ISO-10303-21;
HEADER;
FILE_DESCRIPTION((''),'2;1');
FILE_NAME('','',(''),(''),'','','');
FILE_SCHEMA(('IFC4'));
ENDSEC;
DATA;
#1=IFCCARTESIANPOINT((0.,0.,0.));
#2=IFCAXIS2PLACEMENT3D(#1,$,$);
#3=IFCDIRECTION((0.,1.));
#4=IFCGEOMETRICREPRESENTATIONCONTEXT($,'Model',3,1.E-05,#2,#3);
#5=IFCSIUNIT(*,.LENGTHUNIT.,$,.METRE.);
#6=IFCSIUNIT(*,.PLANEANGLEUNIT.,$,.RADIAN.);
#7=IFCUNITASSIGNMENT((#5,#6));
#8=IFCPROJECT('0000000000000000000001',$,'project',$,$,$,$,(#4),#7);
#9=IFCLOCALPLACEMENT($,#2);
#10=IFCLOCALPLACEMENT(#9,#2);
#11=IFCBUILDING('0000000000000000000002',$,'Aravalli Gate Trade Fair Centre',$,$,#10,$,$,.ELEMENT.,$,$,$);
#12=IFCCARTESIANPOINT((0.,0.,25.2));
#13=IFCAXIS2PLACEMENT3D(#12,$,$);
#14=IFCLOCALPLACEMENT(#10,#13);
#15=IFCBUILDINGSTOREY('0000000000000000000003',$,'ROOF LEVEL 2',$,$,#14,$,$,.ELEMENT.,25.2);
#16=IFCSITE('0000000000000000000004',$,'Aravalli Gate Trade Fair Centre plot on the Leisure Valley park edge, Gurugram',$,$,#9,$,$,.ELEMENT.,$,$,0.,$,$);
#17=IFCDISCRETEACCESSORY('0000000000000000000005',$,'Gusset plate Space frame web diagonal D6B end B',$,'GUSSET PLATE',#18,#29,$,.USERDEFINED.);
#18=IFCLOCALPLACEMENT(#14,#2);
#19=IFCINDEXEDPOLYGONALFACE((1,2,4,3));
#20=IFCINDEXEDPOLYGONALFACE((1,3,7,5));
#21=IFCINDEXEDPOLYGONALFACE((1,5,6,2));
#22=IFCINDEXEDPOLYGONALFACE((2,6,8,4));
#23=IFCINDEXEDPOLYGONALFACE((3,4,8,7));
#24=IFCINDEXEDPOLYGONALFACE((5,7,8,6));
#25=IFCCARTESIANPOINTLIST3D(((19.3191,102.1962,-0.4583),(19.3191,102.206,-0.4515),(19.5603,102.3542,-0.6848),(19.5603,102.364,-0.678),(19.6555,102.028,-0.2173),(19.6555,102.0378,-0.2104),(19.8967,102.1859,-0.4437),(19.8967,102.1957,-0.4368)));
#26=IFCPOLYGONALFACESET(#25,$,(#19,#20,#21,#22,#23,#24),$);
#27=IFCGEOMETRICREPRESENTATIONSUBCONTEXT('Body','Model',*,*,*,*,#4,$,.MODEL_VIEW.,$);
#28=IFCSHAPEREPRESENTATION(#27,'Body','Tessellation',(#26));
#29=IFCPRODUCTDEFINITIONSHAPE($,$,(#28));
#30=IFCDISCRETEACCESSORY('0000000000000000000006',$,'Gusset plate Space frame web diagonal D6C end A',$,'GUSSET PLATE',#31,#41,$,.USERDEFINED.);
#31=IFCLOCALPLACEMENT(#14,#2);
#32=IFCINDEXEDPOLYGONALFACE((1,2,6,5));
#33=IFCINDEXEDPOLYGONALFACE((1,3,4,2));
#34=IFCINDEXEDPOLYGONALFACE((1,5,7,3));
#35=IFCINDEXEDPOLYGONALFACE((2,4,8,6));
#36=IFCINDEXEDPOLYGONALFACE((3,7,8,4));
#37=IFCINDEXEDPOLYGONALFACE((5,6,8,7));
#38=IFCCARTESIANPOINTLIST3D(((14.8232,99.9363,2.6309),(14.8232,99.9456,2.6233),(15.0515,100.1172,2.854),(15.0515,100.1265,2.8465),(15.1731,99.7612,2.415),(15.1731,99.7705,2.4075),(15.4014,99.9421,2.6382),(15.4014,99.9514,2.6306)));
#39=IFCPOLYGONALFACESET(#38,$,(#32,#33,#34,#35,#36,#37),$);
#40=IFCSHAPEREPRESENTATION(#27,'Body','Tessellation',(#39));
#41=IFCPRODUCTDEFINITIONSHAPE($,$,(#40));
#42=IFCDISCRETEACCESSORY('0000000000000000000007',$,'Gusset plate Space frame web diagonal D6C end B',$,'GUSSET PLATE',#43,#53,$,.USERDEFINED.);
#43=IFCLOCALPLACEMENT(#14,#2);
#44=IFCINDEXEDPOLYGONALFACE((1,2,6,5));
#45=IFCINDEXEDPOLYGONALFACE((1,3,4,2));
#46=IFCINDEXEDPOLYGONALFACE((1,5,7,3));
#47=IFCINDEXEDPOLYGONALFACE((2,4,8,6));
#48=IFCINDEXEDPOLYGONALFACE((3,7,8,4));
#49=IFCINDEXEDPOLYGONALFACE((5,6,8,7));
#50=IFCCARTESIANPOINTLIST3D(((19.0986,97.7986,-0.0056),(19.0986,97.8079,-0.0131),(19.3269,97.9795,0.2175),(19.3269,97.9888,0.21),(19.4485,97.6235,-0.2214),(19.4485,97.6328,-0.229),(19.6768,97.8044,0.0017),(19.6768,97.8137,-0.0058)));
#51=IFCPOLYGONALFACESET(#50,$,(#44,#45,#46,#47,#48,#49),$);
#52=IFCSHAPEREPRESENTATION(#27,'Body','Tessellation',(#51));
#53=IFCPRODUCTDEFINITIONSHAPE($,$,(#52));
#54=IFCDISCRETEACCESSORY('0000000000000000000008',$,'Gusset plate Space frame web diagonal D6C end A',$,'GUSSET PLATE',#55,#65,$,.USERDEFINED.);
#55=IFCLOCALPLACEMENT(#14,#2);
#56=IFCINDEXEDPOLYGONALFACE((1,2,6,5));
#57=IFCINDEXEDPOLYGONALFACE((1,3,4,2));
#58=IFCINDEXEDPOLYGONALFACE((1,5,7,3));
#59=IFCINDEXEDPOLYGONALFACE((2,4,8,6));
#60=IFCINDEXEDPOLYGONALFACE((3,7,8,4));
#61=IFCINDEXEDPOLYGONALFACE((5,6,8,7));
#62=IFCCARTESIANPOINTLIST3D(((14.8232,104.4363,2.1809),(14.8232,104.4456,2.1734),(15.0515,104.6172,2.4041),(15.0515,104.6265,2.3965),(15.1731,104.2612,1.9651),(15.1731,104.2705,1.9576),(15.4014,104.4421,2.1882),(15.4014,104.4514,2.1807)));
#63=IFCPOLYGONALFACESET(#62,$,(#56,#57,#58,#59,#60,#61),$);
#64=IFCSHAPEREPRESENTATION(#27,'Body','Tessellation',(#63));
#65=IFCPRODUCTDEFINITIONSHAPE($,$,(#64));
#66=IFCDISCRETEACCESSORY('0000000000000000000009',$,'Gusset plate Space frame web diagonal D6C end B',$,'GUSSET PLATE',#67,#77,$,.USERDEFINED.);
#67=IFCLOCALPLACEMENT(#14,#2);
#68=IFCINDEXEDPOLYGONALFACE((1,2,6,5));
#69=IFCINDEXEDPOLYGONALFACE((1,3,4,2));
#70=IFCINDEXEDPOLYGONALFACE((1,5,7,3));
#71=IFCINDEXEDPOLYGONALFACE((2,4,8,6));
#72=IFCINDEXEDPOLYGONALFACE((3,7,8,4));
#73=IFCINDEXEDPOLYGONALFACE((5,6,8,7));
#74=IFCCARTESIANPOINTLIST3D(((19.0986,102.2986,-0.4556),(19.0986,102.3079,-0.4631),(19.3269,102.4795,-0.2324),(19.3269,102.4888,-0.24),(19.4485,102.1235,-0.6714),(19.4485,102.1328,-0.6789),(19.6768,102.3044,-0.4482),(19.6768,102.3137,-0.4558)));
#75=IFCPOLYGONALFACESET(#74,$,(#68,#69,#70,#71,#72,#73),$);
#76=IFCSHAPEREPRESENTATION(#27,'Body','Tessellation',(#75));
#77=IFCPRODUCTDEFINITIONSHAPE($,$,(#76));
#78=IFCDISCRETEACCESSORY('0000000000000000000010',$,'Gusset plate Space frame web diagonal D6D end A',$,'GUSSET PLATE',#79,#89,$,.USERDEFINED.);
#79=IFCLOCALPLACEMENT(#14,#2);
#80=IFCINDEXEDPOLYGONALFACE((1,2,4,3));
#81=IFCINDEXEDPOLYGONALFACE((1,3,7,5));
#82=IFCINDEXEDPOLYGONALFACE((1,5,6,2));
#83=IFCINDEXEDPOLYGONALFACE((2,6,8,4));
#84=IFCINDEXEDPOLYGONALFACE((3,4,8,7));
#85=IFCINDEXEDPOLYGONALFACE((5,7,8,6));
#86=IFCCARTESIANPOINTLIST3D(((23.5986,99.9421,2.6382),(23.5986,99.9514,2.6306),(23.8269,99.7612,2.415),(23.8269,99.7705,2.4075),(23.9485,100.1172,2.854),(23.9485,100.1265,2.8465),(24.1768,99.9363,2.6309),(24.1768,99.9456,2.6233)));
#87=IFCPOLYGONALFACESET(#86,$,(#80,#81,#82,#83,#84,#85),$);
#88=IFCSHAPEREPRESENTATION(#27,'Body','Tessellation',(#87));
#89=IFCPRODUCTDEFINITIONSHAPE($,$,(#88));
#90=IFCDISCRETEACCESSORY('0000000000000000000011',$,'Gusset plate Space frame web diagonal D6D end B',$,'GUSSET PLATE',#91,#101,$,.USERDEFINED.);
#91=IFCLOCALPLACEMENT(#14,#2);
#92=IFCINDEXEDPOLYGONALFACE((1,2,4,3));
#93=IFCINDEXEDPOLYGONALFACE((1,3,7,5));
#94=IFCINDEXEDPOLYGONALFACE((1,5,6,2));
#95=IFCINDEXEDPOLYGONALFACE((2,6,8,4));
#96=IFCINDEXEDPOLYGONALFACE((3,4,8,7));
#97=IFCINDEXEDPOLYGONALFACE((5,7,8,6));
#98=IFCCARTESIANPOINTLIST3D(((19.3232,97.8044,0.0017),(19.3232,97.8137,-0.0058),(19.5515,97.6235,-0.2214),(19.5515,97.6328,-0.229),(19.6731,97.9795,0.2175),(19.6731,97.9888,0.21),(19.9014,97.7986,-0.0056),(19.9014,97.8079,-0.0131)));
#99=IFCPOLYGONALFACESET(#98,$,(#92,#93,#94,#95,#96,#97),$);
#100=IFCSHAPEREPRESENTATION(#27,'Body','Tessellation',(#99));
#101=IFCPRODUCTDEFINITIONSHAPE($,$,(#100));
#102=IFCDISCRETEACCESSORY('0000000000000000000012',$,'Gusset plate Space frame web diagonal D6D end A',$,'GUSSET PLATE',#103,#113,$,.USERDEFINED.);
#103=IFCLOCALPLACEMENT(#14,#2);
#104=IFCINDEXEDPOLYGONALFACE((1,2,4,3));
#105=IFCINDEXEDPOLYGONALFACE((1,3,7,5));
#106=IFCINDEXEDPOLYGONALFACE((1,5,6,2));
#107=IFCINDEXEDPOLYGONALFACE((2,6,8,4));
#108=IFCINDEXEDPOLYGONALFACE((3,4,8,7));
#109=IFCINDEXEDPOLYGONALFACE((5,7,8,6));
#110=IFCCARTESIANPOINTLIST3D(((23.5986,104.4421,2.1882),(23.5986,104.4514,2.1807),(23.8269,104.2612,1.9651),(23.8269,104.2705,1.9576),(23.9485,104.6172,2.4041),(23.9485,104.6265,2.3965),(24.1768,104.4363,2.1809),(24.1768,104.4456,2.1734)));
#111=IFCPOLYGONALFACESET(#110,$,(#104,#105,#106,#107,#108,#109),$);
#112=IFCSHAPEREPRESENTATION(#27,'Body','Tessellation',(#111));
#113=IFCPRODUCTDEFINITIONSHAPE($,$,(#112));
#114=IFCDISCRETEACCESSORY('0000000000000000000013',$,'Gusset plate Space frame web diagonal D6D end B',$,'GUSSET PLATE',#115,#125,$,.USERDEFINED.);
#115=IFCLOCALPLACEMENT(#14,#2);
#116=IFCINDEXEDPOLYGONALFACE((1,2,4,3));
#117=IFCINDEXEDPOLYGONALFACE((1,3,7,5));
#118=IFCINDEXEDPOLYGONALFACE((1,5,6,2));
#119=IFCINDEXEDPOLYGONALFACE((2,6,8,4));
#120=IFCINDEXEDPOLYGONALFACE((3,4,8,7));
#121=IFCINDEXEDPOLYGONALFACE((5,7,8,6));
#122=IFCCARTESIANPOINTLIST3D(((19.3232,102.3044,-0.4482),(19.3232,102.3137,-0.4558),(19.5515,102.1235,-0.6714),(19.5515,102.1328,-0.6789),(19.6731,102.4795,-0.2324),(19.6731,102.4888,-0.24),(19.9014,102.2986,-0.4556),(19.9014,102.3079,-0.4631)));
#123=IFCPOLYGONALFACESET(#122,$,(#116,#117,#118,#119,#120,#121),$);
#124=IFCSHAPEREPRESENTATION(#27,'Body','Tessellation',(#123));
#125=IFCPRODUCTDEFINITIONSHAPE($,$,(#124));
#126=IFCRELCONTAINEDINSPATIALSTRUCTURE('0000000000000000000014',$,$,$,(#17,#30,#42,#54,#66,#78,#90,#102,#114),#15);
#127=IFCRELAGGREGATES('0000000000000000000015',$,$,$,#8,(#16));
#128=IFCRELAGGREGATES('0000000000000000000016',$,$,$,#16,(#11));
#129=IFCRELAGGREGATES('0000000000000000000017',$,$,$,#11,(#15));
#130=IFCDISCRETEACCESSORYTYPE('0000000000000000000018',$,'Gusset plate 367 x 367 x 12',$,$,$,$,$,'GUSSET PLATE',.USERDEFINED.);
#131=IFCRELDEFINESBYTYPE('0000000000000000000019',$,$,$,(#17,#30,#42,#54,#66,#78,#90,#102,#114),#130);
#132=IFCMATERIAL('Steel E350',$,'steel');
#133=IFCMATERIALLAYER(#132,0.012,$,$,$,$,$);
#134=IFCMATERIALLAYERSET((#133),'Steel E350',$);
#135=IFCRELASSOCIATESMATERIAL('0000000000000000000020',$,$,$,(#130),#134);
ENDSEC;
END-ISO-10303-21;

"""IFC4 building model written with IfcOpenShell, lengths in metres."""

from ifc_helpers import new_model, si_unit, direction, frame, origin, place, context, subcontext, project, spatial, polyline, outline, extrude, material, layer, layer_set, type_object, element, save


model = new_model("IFC4")

# Units and contexts
model_context = context("Model", 3, precision=1e-05, world=origin(), true_north=direction((0.0, 1.0)))
body_context = subcontext(model_context, "Body", "Model", "MODEL_VIEW")
ifc_project = project(units=[si_unit("LENGTHUNIT", "METRE"), si_unit("PLANEANGLEUNIT", "RADIAN")], contexts=[model_context])

# Site, building, storey
site_placement = place(None, origin())
site = spatial("IfcSite", under=ifc_project, at=site_placement, Name="Aravalli Gate Trade Fair Centre plot on the Leisure Valley park edge, Gurugram", CompositionType="ELEMENT", RefElevation=0.0)
building_placement = place(site_placement, origin())
building = spatial("IfcBuilding", under=site, at=building_placement, Name="Aravalli Gate Trade Fair Centre", CompositionType="ELEMENT")
storey_placement = place(building_placement, frame((0.0, 0.0, 25.2)))
storey = spatial("IfcBuildingStorey", under=building, at=storey_placement, Name="ROOF LEVEL 2", CompositionType="ELEMENT", Elevation=25.2)

# Shared definitions
ifc_material = material(Name="Steel E350", Category="steel")

# Discrete accessories
ifc_layer_1 = layer(ifc_material, 0.012)
ifc_layer_set_1 = layer_set([ifc_layer_1], Name="Steel E350")
discrete_accessory_type_1 = type_object("IfcDiscreteAccessoryType", Name="Gusset plate 367 x 367 x 12", ElementType="GUSSET PLATE", PredefinedType="USERDEFINED", material=ifc_layer_set_1)
discrete_accessory_1_placement = place(storey_placement, frame((19.6555, 102.0378, -0.2104), z_axis=(0.000049, 0.820141, 0.572161), x_axis=(-0.753132, 0.376438, -0.539524)))
element("IfcDiscreteAccessory", 1, at=discrete_accessory_1_placement, inside=storey, type_object=discrete_accessory_type_1, Name="Gusset plate Space frame web diagonal D6B end B", ObjectType="GUSSET PLATE", PredefinedType="USERDEFINED", context=body_context, shape_type="SweptSolid", body=[
    extrude(outline(polyline([(0.0, 0.0), (0.4467, 0.0), (0.4467, -0.3667), (-0.0001, -0.3665), (0.0, 0.0)])), origin(), (0.0, 0.0, -1.0), 0.012),
])
discrete_accessory_2_placement = place(storey_placement, frame((15.1731, 99.7612, 2.415), z_axis=(-0.000107, -0.776736, 0.629826), x_axis=(-0.783044, 0.391795, 0.48305)))
element("IfcDiscreteAccessory", 2, at=discrete_accessory_2_placement, inside=storey, type_object=discrete_accessory_type_1, Name="Gusset plate Space frame web diagonal D6C end A", ObjectType="GUSSET PLATE", PredefinedType="USERDEFINED", context=body_context, shape_type="SweptSolid", body=[
    extrude(outline(polyline([(0.0, 0.0), (0.4468, 0.0), (0.4467, -0.3669), (-0.0001, -0.3669), (0.0, 0.0)])), origin(), (0.0, 0.0, -1.0), 0.012),
])
discrete_accessory_3_placement = place(storey_placement, frame((19.0986, 97.7986, -0.0056), z_axis=(-0.000107, -0.776736, 0.629826), x_axis=(0.783044, -0.391795, -0.48305)))
element("IfcDiscreteAccessory", 3, at=discrete_accessory_3_placement, inside=storey, type_object=discrete_accessory_type_1, Name="Gusset plate Space frame web diagonal D6C end B", ObjectType="GUSSET PLATE", PredefinedType="USERDEFINED", context=body_context, shape_type="SweptSolid", body=[
    extrude(outline(polyline([(0.0, 0.0), (0.4468, 0.0), (0.4469, 0.3669), (0.0001, 0.3669), (0.0, 0.0)])), origin(), (0.0, 0.0, -1.0), 0.012),
])
discrete_accessory_4_placement = place(storey_placement, frame((15.1731, 104.2612, 1.9651), z_axis=(-0.000107, -0.776736, 0.629826), x_axis=(-0.783044, 0.391795, 0.48305)))
element("IfcDiscreteAccessory", 4, at=discrete_accessory_4_placement, inside=storey, type_object=discrete_accessory_type_1, Name="Gusset plate Space frame web diagonal D6C end A", ObjectType="GUSSET PLATE", PredefinedType="USERDEFINED", context=body_context, shape_type="SweptSolid", body=[
    extrude(outline(polyline([(0.0, 0.0), (0.4468, 0.0), (0.4467, -0.3669), (-0.0001, -0.3669), (0.0, 0.0)])), origin(), (0.0, 0.0, -1.0), 0.012),
])
discrete_accessory_5_placement = place(storey_placement, frame((19.0986, 102.2986, -0.4556), z_axis=(-0.000107, -0.776736, 0.629826), x_axis=(0.783044, -0.391795, -0.48305)))
element("IfcDiscreteAccessory", 5, at=discrete_accessory_5_placement, inside=storey, type_object=discrete_accessory_type_1, Name="Gusset plate Space frame web diagonal D6C end B", ObjectType="GUSSET PLATE", PredefinedType="USERDEFINED", context=body_context, shape_type="SweptSolid", body=[
    extrude(outline(polyline([(0.0, 0.0), (0.4468, 0.0), (0.4469, 0.3669), (0.0001, 0.3669), (0.0, 0.0)])), origin(), (0.0, 0.0, -1.0), 0.012),
])
discrete_accessory_6_placement = place(storey_placement, frame((23.5986, 99.9421, 2.6382), z_axis=(0.000107, -0.776736, 0.629826), x_axis=(0.783044, 0.391795, 0.48305)))
element("IfcDiscreteAccessory", 6, at=discrete_accessory_6_placement, inside=storey, type_object=discrete_accessory_type_1, Name="Gusset plate Space frame web diagonal D6D end A", ObjectType="GUSSET PLATE", PredefinedType="USERDEFINED", context=body_context, shape_type="SweptSolid", body=[
    extrude(outline(polyline([(0.0, 0.0), (0.4468, 0.0), (0.4469, -0.3669), (0.0001, -0.3669), (0.0, 0.0)])), origin(), (0.0, 0.0, -1.0), 0.012),
])
discrete_accessory_7_placement = place(storey_placement, frame((19.6731, 97.9795, 0.2175), z_axis=(0.000107, -0.776736, 0.629826), x_axis=(-0.783044, -0.391795, -0.48305)))
element("IfcDiscreteAccessory", 7, at=discrete_accessory_7_placement, inside=storey, type_object=discrete_accessory_type_1, Name="Gusset plate Space frame web diagonal D6D end B", ObjectType="GUSSET PLATE", PredefinedType="USERDEFINED", context=body_context, shape_type="SweptSolid", body=[
    extrude(outline(polyline([(0.0, 0.0), (0.4468, 0.0), (0.4467, 0.3669), (-0.0001, 0.3669), (0.0, 0.0)])), origin(), (0.0, 0.0, -1.0), 0.012),
])
discrete_accessory_8_placement = place(storey_placement, frame((23.5986, 104.4421, 2.1882), z_axis=(0.000107, -0.776736, 0.629826), x_axis=(0.783044, 0.391795, 0.48305)))
element("IfcDiscreteAccessory", 8, at=discrete_accessory_8_placement, inside=storey, type_object=discrete_accessory_type_1, Name="Gusset plate Space frame web diagonal D6D end A", ObjectType="GUSSET PLATE", PredefinedType="USERDEFINED", context=body_context, shape_type="SweptSolid", body=[
    extrude(outline(polyline([(0.0, 0.0), (0.4468, 0.0), (0.4469, -0.3669), (0.0001, -0.3669), (0.0, 0.0)])), origin(), (0.0, 0.0, -1.0), 0.012),
])
discrete_accessory_9_placement = place(storey_placement, frame((19.6731, 102.4795, -0.2324), z_axis=(0.000107, -0.776736, 0.629826), x_axis=(-0.783044, -0.391795, -0.48305)))
element("IfcDiscreteAccessory", 9, at=discrete_accessory_9_placement, inside=storey, type_object=discrete_accessory_type_1, Name="Gusset plate Space frame web diagonal D6D end B", ObjectType="GUSSET PLATE", PredefinedType="USERDEFINED", context=body_context, shape_type="SweptSolid", body=[
    extrude(outline(polyline([(0.0, 0.0), (0.4468, 0.0), (0.4467, 0.3669), (-0.0001, 0.3669), (0.0, 0.0)])), origin(), (0.0, 0.0, -1.0), 0.012),
])

save(model, "model.ifc")
